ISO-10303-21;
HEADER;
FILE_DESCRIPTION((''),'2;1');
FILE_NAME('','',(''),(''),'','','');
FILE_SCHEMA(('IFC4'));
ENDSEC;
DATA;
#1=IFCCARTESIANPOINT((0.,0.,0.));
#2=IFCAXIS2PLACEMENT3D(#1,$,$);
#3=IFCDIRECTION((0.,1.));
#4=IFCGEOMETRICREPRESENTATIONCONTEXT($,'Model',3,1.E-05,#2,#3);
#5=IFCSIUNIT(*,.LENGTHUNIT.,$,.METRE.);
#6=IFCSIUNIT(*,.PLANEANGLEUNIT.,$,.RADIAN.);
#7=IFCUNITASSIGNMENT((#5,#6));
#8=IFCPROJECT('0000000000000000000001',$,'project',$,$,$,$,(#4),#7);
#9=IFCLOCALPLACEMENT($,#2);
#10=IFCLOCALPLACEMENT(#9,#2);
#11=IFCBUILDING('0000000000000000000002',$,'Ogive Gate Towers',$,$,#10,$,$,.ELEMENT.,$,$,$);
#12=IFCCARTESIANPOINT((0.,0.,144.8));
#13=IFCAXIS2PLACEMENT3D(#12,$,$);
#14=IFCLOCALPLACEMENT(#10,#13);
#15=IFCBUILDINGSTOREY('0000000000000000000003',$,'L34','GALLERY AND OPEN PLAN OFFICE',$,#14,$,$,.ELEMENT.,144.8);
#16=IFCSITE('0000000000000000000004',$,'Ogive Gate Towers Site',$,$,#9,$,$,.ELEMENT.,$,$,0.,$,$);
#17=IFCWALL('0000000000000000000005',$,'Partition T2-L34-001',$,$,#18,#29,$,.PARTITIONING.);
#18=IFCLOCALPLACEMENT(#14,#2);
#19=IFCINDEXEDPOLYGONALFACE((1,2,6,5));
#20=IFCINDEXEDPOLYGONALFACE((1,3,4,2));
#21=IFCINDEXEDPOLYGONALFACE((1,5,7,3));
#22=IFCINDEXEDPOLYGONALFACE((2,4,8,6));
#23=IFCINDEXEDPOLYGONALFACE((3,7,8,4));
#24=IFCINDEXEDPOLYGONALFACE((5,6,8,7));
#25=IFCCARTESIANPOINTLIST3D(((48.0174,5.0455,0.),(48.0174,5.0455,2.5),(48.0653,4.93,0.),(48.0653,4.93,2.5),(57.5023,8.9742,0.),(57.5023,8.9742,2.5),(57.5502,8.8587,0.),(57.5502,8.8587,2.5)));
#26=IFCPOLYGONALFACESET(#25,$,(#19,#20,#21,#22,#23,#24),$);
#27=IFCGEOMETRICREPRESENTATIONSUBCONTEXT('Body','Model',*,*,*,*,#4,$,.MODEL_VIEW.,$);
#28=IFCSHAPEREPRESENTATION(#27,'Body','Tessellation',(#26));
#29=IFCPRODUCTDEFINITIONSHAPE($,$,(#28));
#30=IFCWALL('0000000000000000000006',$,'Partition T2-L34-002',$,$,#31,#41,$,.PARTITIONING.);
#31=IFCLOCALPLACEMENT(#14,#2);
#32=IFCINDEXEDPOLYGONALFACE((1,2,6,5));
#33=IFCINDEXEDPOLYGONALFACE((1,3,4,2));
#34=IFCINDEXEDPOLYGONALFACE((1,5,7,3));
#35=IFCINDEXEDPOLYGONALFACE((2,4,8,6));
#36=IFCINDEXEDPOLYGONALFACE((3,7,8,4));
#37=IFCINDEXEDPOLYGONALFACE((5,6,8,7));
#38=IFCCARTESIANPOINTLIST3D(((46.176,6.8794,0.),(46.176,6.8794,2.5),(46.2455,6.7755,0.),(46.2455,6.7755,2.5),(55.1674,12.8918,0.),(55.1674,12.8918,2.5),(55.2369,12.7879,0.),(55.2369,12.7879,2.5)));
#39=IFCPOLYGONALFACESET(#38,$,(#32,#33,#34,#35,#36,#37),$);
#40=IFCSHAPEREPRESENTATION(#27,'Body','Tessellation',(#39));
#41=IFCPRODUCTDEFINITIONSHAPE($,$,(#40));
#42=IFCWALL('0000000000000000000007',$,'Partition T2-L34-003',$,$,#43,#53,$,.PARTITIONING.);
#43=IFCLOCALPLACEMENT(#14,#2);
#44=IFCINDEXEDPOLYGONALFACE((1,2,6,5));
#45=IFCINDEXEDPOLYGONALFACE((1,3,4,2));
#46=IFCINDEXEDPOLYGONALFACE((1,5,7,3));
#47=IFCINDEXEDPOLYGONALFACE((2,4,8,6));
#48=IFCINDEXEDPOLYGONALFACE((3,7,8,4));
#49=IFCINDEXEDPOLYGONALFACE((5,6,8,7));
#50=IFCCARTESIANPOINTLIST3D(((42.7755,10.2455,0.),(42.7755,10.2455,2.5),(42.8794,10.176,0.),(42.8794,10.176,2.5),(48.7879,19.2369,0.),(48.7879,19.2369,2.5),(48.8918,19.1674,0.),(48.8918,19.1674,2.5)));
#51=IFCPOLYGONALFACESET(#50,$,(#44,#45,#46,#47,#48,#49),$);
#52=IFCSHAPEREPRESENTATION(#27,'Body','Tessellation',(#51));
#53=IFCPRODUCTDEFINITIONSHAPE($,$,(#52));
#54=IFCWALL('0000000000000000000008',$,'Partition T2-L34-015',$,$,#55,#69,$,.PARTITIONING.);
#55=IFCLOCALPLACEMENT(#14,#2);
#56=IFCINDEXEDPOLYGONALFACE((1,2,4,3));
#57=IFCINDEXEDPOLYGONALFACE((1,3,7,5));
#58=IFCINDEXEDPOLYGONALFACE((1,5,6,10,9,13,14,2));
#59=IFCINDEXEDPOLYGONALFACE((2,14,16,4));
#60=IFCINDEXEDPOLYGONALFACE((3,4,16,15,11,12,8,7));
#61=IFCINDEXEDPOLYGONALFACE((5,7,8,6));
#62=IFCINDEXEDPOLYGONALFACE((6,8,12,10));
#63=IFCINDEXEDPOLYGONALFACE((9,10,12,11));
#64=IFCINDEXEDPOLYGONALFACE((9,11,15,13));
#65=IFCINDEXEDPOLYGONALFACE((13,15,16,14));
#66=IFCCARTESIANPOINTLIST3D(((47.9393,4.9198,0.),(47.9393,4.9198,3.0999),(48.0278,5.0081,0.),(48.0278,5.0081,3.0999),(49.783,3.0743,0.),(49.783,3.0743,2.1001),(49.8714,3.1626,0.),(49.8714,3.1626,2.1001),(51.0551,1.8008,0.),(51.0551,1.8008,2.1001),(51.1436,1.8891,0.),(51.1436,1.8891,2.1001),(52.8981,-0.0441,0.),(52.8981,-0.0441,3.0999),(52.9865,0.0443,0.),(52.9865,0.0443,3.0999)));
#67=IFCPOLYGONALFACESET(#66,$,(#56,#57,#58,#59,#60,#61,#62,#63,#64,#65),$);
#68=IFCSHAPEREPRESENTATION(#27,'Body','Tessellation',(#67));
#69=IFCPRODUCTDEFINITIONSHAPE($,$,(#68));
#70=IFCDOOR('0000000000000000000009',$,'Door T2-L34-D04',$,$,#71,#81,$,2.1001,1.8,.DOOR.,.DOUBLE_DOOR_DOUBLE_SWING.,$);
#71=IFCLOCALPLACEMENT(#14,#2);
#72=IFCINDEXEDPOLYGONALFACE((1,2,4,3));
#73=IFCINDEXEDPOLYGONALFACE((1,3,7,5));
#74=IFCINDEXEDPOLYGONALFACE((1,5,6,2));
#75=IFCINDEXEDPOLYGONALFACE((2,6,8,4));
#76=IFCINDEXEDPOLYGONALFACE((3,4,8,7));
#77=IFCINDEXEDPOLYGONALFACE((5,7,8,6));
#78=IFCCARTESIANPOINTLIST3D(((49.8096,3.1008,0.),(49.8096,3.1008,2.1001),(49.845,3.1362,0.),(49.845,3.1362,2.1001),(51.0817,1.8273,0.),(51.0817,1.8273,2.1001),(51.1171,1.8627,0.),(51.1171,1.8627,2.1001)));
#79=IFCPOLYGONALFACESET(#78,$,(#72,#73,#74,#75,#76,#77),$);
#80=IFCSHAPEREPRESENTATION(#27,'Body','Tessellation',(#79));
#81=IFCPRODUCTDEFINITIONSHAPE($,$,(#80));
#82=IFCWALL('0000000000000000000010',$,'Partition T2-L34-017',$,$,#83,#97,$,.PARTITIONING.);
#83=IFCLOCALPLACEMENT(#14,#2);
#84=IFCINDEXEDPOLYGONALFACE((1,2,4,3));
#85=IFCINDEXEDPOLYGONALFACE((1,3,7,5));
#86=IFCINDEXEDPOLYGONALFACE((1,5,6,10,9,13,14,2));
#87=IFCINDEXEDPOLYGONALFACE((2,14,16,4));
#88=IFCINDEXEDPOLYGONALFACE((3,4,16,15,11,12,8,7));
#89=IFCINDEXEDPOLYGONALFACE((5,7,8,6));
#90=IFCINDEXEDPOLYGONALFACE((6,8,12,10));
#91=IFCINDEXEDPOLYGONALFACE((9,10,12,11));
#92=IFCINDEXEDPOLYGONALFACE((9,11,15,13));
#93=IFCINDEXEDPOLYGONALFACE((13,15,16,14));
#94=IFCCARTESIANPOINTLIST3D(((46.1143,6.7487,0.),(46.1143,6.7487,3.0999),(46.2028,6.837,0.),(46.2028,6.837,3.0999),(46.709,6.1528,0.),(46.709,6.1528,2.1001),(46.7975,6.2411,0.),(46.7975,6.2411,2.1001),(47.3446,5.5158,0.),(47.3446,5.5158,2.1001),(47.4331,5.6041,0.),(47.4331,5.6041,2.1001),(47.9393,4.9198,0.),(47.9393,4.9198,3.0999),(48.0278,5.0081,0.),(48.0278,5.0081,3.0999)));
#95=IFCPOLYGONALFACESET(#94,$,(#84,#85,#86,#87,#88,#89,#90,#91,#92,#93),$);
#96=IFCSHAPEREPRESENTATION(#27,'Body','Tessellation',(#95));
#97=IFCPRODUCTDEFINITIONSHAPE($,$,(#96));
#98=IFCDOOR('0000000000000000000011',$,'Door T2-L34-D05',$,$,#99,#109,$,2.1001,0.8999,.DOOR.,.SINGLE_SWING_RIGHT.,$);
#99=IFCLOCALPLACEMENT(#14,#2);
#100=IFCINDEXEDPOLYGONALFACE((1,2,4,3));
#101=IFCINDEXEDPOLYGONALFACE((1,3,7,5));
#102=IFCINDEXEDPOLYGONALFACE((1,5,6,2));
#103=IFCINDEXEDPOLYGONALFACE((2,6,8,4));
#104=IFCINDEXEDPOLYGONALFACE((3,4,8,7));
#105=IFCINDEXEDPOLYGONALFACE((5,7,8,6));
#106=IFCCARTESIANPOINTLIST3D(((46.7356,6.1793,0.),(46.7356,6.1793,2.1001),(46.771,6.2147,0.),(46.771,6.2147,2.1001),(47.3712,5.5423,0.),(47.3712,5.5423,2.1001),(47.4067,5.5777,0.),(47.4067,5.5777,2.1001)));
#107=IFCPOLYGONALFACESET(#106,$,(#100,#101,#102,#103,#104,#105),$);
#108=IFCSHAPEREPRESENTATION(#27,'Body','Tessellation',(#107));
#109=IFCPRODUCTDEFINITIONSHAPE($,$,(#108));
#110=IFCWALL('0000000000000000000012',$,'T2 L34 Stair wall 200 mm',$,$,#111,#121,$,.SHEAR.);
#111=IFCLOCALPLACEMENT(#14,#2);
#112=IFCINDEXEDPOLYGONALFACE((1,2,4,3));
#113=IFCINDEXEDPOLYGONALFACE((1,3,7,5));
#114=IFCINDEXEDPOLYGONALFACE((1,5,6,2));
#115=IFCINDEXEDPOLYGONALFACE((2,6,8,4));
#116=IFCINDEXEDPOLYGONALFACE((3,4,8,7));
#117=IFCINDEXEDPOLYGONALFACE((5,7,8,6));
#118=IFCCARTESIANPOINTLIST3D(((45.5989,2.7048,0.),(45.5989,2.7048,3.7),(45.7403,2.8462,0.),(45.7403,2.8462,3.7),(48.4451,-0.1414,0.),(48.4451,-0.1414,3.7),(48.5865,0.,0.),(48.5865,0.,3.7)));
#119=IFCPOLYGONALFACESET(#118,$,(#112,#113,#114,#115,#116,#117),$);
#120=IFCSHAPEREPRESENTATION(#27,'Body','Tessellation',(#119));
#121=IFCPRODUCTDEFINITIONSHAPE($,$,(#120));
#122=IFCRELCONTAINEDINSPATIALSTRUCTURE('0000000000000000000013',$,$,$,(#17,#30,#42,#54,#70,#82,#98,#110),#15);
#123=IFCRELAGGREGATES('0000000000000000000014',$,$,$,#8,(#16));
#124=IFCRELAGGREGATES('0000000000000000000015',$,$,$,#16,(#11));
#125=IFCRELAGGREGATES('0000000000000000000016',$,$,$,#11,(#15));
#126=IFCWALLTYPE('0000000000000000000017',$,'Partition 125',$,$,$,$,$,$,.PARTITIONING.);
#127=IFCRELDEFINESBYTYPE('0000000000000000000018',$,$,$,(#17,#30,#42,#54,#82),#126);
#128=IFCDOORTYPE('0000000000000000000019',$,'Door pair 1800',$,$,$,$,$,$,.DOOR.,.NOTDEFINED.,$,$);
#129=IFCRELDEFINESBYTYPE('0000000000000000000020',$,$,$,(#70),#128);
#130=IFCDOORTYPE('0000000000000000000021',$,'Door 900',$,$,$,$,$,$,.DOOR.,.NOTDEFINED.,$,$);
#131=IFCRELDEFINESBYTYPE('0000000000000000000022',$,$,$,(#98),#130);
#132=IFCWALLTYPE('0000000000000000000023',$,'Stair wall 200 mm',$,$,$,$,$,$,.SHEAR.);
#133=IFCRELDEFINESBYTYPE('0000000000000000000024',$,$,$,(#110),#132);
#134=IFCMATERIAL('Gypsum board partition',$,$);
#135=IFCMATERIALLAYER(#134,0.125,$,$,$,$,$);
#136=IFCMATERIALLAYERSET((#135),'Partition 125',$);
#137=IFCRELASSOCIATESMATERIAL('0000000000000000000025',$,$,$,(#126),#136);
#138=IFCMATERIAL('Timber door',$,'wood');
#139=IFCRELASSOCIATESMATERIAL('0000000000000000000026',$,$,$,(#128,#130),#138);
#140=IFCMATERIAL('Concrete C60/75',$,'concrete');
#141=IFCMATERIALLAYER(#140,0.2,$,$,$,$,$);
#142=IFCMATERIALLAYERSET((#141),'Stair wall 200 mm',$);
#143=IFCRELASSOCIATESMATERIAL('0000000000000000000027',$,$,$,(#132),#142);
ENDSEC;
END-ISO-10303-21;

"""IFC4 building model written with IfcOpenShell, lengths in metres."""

from ifc_helpers import new_model, si_unit, direction, frame, frame_2d, origin, place, context, subcontext, project, spatial, rectangle, extrude, material, layer, layer_set, type_object, element, fill, save


model = new_model("IFC4")

# Units and contexts
model_context = context("Model", 3, precision=1e-05, world=origin(), true_north=direction((0.0, 1.0)))
body_context = subcontext(model_context, "Body", "Model", "MODEL_VIEW")
ifc_project = project(units=[si_unit("LENGTHUNIT", "METRE"), si_unit("PLANEANGLEUNIT", "RADIAN")], contexts=[model_context])

# Site, building, storey
site_placement = place(None, origin())
site = spatial("IfcSite", under=ifc_project, at=site_placement, Name="Ogive Gate Towers Site", CompositionType="ELEMENT", RefElevation=0.0)
building_placement = place(site_placement, origin())
building = spatial("IfcBuilding", under=site, at=building_placement, Name="Ogive Gate Towers", CompositionType="ELEMENT")
storey_placement = place(building_placement, frame((0.0, 0.0, 144.8)))
storey = spatial("IfcBuildingStorey", under=building, at=storey_placement, Name="L34", Description="GALLERY AND OPEN PLAN OFFICE", CompositionType="ELEMENT", Elevation=144.8)

# Shared definitions
ifc_material_1 = material(Name="Concrete C60/75", Category="concrete")

# Walls
ifc_material_2 = material(Name="Gypsum board partition")
ifc_layer_1 = layer(ifc_material_2, 0.125)
ifc_layer_set_1 = layer_set([ifc_layer_1], Name="Partition 125")
wall_type_1 = type_object("IfcWallType", Name="Partition 125", PredefinedType="PARTITIONING", material=ifc_layer_set_1)
wall_1_placement = place(storey_placement, frame((57.5264, 8.9165, 0.0), z_axis=(0.0, 0.0, 1.0), x_axis=(-0.923881, -0.382679, 0.0)))
element("IfcWall", 1, at=wall_1_placement, inside=storey, type_object=wall_type_1, Name="Partition T2-L34-001", PredefinedType="PARTITIONING", context=body_context, shape_type="SweptSolid", body=[
    extrude(rectangle(XDim=10.2664, YDim=0.125, at=frame_2d((5.1333, 0.0))), origin(), (0.0, 0.0, 1.0), 2.5),
])
for number, where, z_axis, x_axis, name in (
    (2, (55.2021, 12.8398, 0.0), (0.0, 0.0, 1.0), (-0.831275, -0.555861, 0.0), "Partition T2-L34-002"),
    (3, (48.8398, 19.2021, 0.0), (0.0, 0.0, 1.0), (-0.555861, -0.831275, 0.0), "Partition T2-L34-003"),
):
    element("IfcWall", number, at=place(storey_placement, frame(where, z_axis=z_axis, x_axis=x_axis)), inside=storey, type_object=wall_type_1, Name=name, PredefinedType="PARTITIONING", context=body_context, shape_type="SweptSolid", body=[
        extrude(rectangle(XDim=10.8164, YDim=0.125, at=frame_2d((5.4082, 0.0))), origin(), (0.0, 0.0, 1.0), 2.5),
    ])

# Walls, openings, doors
wall_2_placement = place(storey_placement, frame((52.9424, 0.0, 0.0), z_axis=(0.0, 0.0, 1.0), x_axis=(-0.706741, 0.707472, 0.0)))
wall_2 = element("IfcWall", 4, at=wall_2_placement, inside=storey, type_object=wall_type_1, Name="Partition T2-L34-015", PredefinedType="PARTITIONING", context=body_context, shape_type="SweptSolid", body=[
    extrude(rectangle(XDim=7.0164, YDim=0.125, at=frame_2d((3.5083, 0.0))), origin(), (0.0, 0.0, 1.0), 3.0999),
])
opening_1_placement = place(wall_2_placement, frame((2.6079, 0.0, 0.0)))
opening_1 = element("IfcOpeningElement", 5, at=opening_1_placement, cuts=wall_2, PredefinedType="OPENING", context=body_context, shape_type="SweptSolid", body=[
    extrude(rectangle(XDim=1.8, YDim=2.1001, at=frame_2d((0.8999, 1.05))), frame((0.0, 0.0725, 0.0), z_axis=(0.0, -1.0, 0.0), x_axis=(1.0, 0.0, 0.0)), (0.0, 0.0, 1.0), 0.145),
])
ifc_material_3 = material(Name="Timber door", Category="wood")
door_type_1 = type_object("IfcDoorType", Name="Door pair 1800", OperationType="NOTDEFINED", PredefinedType="DOOR", material=ifc_material_3)
door_1_placement = place(opening_1_placement, origin())
door_1 = element("IfcDoor", 6, at=door_1_placement, inside=storey, type_object=door_type_1, Name="Door T2-L34-D04", OperationType="DOUBLE_DOOR_DOUBLE_SWING", OverallHeight=2.1001, OverallWidth=1.8, PredefinedType="DOOR", context=body_context, shape_type="SweptSolid", body=[
    extrude(rectangle(XDim=1.8, YDim=2.1001, at=frame_2d((0.8999, 1.05))), frame((0.0, 0.0249, 0.0), z_axis=(0.0, -1.0, 0.0), x_axis=(1.0, 0.0, 0.0)), (0.0, 0.0, 1.0), 0.05),
])
fill(opening_1, door_1)
wall_3_placement = place(storey_placement, frame((47.9836, 4.9639, 0.0), z_axis=(0.0, 0.0, 1.0), x_axis=(-0.70635, 0.707862, 0.0)))
wall_3 = element("IfcWall", 7, at=wall_3_placement, inside=storey, type_object=wall_type_1, Name="Partition T2-L34-017", PredefinedType="PARTITIONING", context=body_context, shape_type="SweptSolid", body=[
    extrude(rectangle(XDim=2.5837, YDim=0.125, at=frame_2d((1.292, 0.0))), origin(), (0.0, 0.0, 1.0), 3.0999),
])
opening_2_placement = place(wall_3_placement, frame((0.842, 0.0, 0.0)))
opening_2 = element("IfcOpeningElement", 8, at=opening_2_placement, cuts=wall_3, PredefinedType="OPENING", context=body_context, shape_type="SweptSolid", body=[
    extrude(rectangle(XDim=0.8999, YDim=2.1001, at=frame_2d((0.45, 1.05))), frame((0.0, 0.0725, 0.0), z_axis=(0.0, -1.0, 0.0), x_axis=(1.0, 0.0, 0.0)), (0.0, 0.0, 1.0), 0.145),
])
door_type_2 = type_object("IfcDoorType", Name="Door 900", OperationType="NOTDEFINED", PredefinedType="DOOR", material=ifc_material_3)
door_2_placement = place(opening_2_placement, origin())
door_2 = element("IfcDoor", 9, at=door_2_placement, inside=storey, type_object=door_type_2, Name="Door T2-L34-D05", OperationType="SINGLE_SWING_RIGHT", OverallHeight=2.1001, OverallWidth=0.8999, PredefinedType="DOOR", context=body_context, shape_type="SweptSolid", body=[
    extrude(rectangle(XDim=0.8999, YDim=2.1001, at=frame_2d((0.45, 1.05))), frame((0.0, 0.0249, 0.0), z_axis=(0.0, -1.0, 0.0), x_axis=(1.0, 0.0, 0.0)), (0.0, 0.0, 1.0), 0.05),
])
fill(opening_2, door_2)

# Wall
ifc_layer_2 = layer(ifc_material_1, 0.2)
ifc_layer_set_2 = layer_set([ifc_layer_2], Name="Stair wall 200 mm")
wall_type_2 = type_object("IfcWallType", Name="Stair wall 200 mm", PredefinedType="SHEAR", material=ifc_layer_set_2)
wall_4_placement = place(storey_placement, frame((48.5159, -0.0708, 0.0), z_axis=(0.0, 0.0, 1.0), x_axis=(-0.707107, 0.707107, 0.0)))
element("IfcWall", 10, at=wall_4_placement, inside=storey, type_object=wall_type_2, Name="T2 L34 Stair wall 200 mm", PredefinedType="SHEAR", context=body_context, shape_type="SweptSolid", body=[
    extrude(rectangle(XDim=4.0251, YDim=0.2, at=frame_2d((2.0127, 0.0))), origin(), (0.0, 0.0, 1.0), 3.7),
])

save(model, "model.ifc")
